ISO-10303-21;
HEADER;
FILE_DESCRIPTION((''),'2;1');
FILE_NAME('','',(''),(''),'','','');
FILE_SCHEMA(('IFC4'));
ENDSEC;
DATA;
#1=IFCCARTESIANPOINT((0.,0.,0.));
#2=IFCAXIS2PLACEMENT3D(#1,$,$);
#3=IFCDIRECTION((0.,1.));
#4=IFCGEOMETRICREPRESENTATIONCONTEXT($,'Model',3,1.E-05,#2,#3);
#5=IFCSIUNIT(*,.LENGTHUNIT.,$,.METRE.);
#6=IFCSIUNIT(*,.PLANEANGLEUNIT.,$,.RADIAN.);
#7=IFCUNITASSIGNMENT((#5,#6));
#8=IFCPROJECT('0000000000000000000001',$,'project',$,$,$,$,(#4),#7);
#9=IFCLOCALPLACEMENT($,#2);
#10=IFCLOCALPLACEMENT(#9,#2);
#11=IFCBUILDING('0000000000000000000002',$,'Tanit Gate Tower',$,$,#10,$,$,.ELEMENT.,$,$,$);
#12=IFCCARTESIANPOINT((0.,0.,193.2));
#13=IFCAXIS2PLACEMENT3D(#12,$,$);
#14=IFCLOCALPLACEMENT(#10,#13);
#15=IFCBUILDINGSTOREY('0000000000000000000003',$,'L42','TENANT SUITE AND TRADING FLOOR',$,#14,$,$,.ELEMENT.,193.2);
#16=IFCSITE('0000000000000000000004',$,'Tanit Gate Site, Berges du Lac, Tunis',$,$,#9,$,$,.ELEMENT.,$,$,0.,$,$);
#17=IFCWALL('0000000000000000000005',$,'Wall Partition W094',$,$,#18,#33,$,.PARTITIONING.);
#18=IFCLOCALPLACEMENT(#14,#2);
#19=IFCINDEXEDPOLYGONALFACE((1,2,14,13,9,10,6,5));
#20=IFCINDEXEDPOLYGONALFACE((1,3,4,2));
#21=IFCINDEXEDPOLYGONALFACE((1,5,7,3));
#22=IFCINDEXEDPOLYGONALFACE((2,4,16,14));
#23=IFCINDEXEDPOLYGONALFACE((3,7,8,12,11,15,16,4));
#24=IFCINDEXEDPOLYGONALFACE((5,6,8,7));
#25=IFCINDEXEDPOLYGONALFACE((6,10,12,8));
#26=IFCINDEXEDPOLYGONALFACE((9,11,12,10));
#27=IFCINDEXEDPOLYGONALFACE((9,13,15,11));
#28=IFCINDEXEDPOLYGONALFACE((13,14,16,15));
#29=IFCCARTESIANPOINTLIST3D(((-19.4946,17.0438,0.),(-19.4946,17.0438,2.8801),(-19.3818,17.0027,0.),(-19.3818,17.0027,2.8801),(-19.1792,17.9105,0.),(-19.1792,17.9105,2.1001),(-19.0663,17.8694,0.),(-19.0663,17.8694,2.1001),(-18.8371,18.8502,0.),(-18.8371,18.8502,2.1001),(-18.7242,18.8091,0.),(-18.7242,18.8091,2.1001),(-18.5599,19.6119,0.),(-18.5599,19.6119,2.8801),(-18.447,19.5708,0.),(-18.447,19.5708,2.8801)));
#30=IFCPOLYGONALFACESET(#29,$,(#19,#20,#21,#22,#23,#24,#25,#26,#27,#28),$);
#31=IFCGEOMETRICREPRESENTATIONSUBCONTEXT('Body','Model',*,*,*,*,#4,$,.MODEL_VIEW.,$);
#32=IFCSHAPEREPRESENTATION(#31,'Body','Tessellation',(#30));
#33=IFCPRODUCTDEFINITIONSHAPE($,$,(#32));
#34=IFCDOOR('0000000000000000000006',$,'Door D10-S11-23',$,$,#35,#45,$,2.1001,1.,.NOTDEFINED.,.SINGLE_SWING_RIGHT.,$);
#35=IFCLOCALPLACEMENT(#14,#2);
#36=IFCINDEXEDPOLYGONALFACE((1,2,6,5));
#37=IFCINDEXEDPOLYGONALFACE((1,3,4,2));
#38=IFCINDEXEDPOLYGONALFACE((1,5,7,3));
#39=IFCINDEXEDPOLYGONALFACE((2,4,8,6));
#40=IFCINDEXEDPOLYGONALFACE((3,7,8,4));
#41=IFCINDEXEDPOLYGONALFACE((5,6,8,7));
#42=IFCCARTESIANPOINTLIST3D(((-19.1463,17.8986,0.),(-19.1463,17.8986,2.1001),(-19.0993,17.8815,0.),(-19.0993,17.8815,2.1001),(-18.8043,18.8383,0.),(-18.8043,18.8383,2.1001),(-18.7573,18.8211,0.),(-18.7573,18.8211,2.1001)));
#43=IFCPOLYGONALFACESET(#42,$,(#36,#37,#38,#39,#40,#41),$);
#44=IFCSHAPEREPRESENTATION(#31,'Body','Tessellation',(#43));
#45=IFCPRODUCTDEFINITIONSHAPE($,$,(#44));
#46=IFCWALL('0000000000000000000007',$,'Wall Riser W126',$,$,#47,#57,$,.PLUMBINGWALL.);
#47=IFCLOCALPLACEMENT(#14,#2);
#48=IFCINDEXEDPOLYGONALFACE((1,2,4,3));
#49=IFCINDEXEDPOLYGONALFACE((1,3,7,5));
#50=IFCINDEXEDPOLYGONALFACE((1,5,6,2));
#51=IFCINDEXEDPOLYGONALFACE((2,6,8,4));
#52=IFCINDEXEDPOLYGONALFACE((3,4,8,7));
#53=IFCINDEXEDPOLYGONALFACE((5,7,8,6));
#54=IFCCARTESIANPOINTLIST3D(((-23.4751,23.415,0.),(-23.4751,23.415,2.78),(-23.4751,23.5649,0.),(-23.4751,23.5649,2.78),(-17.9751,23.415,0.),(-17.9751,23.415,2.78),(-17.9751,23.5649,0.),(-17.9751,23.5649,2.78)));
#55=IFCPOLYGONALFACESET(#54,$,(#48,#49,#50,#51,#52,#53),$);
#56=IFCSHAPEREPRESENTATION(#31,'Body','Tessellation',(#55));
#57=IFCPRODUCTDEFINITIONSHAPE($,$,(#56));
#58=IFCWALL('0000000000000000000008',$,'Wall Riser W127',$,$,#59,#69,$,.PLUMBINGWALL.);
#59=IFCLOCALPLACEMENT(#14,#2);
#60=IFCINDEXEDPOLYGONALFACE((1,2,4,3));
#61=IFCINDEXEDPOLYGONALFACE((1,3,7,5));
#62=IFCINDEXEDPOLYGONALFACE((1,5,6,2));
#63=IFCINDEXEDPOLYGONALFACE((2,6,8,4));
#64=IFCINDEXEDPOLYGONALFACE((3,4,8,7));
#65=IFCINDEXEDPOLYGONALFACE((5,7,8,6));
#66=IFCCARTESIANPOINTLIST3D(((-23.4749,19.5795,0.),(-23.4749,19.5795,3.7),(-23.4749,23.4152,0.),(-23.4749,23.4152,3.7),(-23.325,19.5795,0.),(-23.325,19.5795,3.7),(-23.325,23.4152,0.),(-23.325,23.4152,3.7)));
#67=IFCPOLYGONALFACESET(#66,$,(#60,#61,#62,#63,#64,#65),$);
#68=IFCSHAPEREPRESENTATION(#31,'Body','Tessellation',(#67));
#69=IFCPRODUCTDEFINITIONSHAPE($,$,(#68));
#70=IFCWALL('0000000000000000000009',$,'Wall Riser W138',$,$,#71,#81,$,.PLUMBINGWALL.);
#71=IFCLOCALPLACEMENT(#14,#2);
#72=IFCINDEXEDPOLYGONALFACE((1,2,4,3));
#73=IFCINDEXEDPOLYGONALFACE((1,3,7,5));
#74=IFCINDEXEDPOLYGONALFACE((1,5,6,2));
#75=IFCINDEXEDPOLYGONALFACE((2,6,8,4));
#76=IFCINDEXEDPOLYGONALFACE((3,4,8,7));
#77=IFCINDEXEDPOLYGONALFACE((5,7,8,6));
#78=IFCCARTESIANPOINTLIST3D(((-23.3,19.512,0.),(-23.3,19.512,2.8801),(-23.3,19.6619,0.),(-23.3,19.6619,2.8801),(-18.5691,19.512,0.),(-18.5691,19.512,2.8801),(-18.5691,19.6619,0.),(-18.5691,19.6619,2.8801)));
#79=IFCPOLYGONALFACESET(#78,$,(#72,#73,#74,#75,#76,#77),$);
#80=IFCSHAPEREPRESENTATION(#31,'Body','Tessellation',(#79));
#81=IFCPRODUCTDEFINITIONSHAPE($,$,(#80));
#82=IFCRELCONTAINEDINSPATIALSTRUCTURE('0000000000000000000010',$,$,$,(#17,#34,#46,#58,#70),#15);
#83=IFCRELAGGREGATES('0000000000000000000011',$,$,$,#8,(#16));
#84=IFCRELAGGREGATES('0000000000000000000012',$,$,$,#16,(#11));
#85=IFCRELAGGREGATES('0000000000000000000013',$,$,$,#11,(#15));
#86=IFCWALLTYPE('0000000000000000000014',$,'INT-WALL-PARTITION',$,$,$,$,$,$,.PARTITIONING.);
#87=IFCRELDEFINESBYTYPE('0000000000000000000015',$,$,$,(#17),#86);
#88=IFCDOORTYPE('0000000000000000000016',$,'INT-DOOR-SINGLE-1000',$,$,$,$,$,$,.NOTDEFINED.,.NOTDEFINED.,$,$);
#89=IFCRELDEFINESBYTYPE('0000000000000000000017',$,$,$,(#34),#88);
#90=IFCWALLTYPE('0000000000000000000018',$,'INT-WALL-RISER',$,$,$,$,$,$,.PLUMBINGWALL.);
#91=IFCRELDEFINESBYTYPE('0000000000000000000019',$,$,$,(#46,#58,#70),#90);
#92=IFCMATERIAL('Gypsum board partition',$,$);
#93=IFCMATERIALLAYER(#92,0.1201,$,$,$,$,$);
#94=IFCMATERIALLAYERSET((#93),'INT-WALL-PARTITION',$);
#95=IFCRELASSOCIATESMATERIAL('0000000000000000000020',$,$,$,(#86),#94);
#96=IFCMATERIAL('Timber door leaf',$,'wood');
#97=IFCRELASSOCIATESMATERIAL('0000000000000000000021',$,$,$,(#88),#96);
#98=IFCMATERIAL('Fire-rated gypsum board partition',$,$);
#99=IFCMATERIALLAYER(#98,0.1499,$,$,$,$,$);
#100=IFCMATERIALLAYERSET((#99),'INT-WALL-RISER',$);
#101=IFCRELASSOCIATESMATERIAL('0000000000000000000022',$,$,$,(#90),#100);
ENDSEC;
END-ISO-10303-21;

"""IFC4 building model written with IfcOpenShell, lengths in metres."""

from ifc_helpers import new_model, si_unit, direction, frame, frame_2d, origin, place, context, subcontext, project, spatial, rectangle, extrude, material, layer, layer_set, type_object, element, fill, save


model = new_model("IFC4")

# Units and contexts
model_context = context("Model", 3, precision=1e-05, world=origin(), true_north=direction((0.0, 1.0)))
body_context = subcontext(model_context, "Body", "Model", "MODEL_VIEW")
ifc_project = project(units=[si_unit("LENGTHUNIT", "METRE"), si_unit("PLANEANGLEUNIT", "RADIAN")], contexts=[model_context])

# Site, building, storey
site_placement = place(None, origin())
site = spatial("IfcSite", under=ifc_project, at=site_placement, Name="Tanit Gate Site, Berges du Lac, Tunis", CompositionType="ELEMENT", RefElevation=0.0)
building_placement = place(site_placement, origin())
building = spatial("IfcBuilding", under=site, at=building_placement, Name="Tanit Gate Tower", CompositionType="ELEMENT")
storey_placement = place(building_placement, frame((0.0, 0.0, 193.2)))
storey = spatial("IfcBuildingStorey", under=building, at=storey_placement, Name="L42", Description="TENANT SUITE AND TRADING FLOOR", CompositionType="ELEMENT", Elevation=193.2)

# Wall, opening, door
ifc_material_1 = material(Name="Gypsum board partition")
ifc_layer_1 = layer(ifc_material_1, 0.1201)
ifc_layer_set_1 = layer_set([ifc_layer_1], Name="INT-WALL-PARTITION")
wall_type_1 = type_object("IfcWallType", Name="INT-WALL-PARTITION", PredefinedType="PARTITIONING", material=ifc_layer_set_1)
wall_1_placement = place(storey_placement, frame((-18.5034, 19.5913, 0.0), z_axis=(0.0, 0.0, 1.0), x_axis=(-0.342051, -0.939681, 0.0)))
wall_1 = element("IfcWall", 1, at=wall_1_placement, inside=storey, type_object=wall_type_1, Name="Wall Partition W094", PredefinedType="PARTITIONING", context=body_context, shape_type="SweptSolid", body=[
    extrude(rectangle(XDim=2.7329, YDim=0.1201, at=frame_2d((1.3665, 0.0))), origin(), (0.0, 0.0, 1.0), 2.8801),
])
opening_placement = place(wall_1_placement, frame((0.8105, 0.0, 0.0)))
opening = element("IfcOpeningElement", 2, at=opening_placement, cuts=wall_1, PredefinedType="OPENING", context=body_context, shape_type="SweptSolid", body=[
    extrude(rectangle(XDim=1.0, YDim=2.1001, at=frame_2d((0.5, 1.05))), frame((0.0, 0.0701, 0.0), z_axis=(0.0, -1.0, 0.0), x_axis=(1.0, 0.0, 0.0)), (0.0, 0.0, 1.0), 0.1401),
])
ifc_material_2 = material(Name="Timber door leaf", Category="wood")
door_type = type_object("IfcDoorType", Name="INT-DOOR-SINGLE-1000", OperationType="NOTDEFINED", PredefinedType="NOTDEFINED", material=ifc_material_2)
door_placement = place(opening_placement, origin())
door = element("IfcDoor", 3, at=door_placement, inside=storey, type_object=door_type, Name="Door D10-S11-23", OperationType="SINGLE_SWING_RIGHT", OverallHeight=2.1001, OverallWidth=1.0, PredefinedType="NOTDEFINED", context=body_context, shape_type="SweptSolid", body=[
    extrude(rectangle(XDim=1.0, YDim=2.1001, at=frame_2d((0.5, 1.05))), frame((0.0, 0.0249, 0.0), z_axis=(0.0, -1.0, 0.0), x_axis=(1.0, 0.0, 0.0)), (0.0, 0.0, 1.0), 0.05),
])
fill(opening, door)

# Walls
ifc_material_3 = material(Name="Fire-rated gypsum board partition")
ifc_layer_2 = layer(ifc_material_3, 0.1499)
ifc_layer_set_2 = layer_set([ifc_layer_2], Name="INT-WALL-RISER")
wall_type_2 = type_object("IfcWallType", Name="INT-WALL-RISER", PredefinedType="PLUMBINGWALL", material=ifc_layer_set_2)
wall_2_placement = place(storey_placement, frame((-17.9751, 23.49, 0.0), z_axis=(0.0, 0.0, 1.0), x_axis=(-1.0, 0.0, 0.0)))
element("IfcWall", 4, at=wall_2_placement, inside=storey, type_object=wall_type_2, Name="Wall Riser W126", PredefinedType="PLUMBINGWALL", context=body_context, shape_type="SweptSolid", body=[
    extrude(rectangle(XDim=5.5, YDim=0.1499, at=frame_2d((2.75, 0.0))), origin(), (0.0, 0.0, 1.0), 2.78),
])
wall_3_placement = place(storey_placement, frame((-23.3999, 19.5793, 0.0), z_axis=(0.0, 0.0, 1.0), x_axis=(0.0, 1.0, 0.0)))
element("IfcWall", 5, at=wall_3_placement, inside=storey, type_object=wall_type_2, Name="Wall Riser W127", PredefinedType="PLUMBINGWALL", context=body_context, shape_type="SweptSolid", body=[
    extrude(rectangle(XDim=3.8357, YDim=0.1499, at=frame_2d((1.918, 0.0))), origin(), (0.0, 0.0, 1.0), 3.7),
])
wall_4_placement = place(storey_placement, frame((-23.3, 19.5869, 0.0), z_axis=(0.0, 0.0, 1.0), x_axis=(1.0, 0.0, 0.0)))
element("IfcWall", 6, at=wall_4_placement, inside=storey, type_object=wall_type_2, Name="Wall Riser W138", PredefinedType="PLUMBINGWALL", context=body_context, shape_type="SweptSolid", body=[
    extrude(rectangle(XDim=4.731, YDim=0.1499, at=frame_2d((2.3655, 0.0))), origin(), (0.0, 0.0, 1.0), 2.8801),
])

save(model, "model.ifc")
